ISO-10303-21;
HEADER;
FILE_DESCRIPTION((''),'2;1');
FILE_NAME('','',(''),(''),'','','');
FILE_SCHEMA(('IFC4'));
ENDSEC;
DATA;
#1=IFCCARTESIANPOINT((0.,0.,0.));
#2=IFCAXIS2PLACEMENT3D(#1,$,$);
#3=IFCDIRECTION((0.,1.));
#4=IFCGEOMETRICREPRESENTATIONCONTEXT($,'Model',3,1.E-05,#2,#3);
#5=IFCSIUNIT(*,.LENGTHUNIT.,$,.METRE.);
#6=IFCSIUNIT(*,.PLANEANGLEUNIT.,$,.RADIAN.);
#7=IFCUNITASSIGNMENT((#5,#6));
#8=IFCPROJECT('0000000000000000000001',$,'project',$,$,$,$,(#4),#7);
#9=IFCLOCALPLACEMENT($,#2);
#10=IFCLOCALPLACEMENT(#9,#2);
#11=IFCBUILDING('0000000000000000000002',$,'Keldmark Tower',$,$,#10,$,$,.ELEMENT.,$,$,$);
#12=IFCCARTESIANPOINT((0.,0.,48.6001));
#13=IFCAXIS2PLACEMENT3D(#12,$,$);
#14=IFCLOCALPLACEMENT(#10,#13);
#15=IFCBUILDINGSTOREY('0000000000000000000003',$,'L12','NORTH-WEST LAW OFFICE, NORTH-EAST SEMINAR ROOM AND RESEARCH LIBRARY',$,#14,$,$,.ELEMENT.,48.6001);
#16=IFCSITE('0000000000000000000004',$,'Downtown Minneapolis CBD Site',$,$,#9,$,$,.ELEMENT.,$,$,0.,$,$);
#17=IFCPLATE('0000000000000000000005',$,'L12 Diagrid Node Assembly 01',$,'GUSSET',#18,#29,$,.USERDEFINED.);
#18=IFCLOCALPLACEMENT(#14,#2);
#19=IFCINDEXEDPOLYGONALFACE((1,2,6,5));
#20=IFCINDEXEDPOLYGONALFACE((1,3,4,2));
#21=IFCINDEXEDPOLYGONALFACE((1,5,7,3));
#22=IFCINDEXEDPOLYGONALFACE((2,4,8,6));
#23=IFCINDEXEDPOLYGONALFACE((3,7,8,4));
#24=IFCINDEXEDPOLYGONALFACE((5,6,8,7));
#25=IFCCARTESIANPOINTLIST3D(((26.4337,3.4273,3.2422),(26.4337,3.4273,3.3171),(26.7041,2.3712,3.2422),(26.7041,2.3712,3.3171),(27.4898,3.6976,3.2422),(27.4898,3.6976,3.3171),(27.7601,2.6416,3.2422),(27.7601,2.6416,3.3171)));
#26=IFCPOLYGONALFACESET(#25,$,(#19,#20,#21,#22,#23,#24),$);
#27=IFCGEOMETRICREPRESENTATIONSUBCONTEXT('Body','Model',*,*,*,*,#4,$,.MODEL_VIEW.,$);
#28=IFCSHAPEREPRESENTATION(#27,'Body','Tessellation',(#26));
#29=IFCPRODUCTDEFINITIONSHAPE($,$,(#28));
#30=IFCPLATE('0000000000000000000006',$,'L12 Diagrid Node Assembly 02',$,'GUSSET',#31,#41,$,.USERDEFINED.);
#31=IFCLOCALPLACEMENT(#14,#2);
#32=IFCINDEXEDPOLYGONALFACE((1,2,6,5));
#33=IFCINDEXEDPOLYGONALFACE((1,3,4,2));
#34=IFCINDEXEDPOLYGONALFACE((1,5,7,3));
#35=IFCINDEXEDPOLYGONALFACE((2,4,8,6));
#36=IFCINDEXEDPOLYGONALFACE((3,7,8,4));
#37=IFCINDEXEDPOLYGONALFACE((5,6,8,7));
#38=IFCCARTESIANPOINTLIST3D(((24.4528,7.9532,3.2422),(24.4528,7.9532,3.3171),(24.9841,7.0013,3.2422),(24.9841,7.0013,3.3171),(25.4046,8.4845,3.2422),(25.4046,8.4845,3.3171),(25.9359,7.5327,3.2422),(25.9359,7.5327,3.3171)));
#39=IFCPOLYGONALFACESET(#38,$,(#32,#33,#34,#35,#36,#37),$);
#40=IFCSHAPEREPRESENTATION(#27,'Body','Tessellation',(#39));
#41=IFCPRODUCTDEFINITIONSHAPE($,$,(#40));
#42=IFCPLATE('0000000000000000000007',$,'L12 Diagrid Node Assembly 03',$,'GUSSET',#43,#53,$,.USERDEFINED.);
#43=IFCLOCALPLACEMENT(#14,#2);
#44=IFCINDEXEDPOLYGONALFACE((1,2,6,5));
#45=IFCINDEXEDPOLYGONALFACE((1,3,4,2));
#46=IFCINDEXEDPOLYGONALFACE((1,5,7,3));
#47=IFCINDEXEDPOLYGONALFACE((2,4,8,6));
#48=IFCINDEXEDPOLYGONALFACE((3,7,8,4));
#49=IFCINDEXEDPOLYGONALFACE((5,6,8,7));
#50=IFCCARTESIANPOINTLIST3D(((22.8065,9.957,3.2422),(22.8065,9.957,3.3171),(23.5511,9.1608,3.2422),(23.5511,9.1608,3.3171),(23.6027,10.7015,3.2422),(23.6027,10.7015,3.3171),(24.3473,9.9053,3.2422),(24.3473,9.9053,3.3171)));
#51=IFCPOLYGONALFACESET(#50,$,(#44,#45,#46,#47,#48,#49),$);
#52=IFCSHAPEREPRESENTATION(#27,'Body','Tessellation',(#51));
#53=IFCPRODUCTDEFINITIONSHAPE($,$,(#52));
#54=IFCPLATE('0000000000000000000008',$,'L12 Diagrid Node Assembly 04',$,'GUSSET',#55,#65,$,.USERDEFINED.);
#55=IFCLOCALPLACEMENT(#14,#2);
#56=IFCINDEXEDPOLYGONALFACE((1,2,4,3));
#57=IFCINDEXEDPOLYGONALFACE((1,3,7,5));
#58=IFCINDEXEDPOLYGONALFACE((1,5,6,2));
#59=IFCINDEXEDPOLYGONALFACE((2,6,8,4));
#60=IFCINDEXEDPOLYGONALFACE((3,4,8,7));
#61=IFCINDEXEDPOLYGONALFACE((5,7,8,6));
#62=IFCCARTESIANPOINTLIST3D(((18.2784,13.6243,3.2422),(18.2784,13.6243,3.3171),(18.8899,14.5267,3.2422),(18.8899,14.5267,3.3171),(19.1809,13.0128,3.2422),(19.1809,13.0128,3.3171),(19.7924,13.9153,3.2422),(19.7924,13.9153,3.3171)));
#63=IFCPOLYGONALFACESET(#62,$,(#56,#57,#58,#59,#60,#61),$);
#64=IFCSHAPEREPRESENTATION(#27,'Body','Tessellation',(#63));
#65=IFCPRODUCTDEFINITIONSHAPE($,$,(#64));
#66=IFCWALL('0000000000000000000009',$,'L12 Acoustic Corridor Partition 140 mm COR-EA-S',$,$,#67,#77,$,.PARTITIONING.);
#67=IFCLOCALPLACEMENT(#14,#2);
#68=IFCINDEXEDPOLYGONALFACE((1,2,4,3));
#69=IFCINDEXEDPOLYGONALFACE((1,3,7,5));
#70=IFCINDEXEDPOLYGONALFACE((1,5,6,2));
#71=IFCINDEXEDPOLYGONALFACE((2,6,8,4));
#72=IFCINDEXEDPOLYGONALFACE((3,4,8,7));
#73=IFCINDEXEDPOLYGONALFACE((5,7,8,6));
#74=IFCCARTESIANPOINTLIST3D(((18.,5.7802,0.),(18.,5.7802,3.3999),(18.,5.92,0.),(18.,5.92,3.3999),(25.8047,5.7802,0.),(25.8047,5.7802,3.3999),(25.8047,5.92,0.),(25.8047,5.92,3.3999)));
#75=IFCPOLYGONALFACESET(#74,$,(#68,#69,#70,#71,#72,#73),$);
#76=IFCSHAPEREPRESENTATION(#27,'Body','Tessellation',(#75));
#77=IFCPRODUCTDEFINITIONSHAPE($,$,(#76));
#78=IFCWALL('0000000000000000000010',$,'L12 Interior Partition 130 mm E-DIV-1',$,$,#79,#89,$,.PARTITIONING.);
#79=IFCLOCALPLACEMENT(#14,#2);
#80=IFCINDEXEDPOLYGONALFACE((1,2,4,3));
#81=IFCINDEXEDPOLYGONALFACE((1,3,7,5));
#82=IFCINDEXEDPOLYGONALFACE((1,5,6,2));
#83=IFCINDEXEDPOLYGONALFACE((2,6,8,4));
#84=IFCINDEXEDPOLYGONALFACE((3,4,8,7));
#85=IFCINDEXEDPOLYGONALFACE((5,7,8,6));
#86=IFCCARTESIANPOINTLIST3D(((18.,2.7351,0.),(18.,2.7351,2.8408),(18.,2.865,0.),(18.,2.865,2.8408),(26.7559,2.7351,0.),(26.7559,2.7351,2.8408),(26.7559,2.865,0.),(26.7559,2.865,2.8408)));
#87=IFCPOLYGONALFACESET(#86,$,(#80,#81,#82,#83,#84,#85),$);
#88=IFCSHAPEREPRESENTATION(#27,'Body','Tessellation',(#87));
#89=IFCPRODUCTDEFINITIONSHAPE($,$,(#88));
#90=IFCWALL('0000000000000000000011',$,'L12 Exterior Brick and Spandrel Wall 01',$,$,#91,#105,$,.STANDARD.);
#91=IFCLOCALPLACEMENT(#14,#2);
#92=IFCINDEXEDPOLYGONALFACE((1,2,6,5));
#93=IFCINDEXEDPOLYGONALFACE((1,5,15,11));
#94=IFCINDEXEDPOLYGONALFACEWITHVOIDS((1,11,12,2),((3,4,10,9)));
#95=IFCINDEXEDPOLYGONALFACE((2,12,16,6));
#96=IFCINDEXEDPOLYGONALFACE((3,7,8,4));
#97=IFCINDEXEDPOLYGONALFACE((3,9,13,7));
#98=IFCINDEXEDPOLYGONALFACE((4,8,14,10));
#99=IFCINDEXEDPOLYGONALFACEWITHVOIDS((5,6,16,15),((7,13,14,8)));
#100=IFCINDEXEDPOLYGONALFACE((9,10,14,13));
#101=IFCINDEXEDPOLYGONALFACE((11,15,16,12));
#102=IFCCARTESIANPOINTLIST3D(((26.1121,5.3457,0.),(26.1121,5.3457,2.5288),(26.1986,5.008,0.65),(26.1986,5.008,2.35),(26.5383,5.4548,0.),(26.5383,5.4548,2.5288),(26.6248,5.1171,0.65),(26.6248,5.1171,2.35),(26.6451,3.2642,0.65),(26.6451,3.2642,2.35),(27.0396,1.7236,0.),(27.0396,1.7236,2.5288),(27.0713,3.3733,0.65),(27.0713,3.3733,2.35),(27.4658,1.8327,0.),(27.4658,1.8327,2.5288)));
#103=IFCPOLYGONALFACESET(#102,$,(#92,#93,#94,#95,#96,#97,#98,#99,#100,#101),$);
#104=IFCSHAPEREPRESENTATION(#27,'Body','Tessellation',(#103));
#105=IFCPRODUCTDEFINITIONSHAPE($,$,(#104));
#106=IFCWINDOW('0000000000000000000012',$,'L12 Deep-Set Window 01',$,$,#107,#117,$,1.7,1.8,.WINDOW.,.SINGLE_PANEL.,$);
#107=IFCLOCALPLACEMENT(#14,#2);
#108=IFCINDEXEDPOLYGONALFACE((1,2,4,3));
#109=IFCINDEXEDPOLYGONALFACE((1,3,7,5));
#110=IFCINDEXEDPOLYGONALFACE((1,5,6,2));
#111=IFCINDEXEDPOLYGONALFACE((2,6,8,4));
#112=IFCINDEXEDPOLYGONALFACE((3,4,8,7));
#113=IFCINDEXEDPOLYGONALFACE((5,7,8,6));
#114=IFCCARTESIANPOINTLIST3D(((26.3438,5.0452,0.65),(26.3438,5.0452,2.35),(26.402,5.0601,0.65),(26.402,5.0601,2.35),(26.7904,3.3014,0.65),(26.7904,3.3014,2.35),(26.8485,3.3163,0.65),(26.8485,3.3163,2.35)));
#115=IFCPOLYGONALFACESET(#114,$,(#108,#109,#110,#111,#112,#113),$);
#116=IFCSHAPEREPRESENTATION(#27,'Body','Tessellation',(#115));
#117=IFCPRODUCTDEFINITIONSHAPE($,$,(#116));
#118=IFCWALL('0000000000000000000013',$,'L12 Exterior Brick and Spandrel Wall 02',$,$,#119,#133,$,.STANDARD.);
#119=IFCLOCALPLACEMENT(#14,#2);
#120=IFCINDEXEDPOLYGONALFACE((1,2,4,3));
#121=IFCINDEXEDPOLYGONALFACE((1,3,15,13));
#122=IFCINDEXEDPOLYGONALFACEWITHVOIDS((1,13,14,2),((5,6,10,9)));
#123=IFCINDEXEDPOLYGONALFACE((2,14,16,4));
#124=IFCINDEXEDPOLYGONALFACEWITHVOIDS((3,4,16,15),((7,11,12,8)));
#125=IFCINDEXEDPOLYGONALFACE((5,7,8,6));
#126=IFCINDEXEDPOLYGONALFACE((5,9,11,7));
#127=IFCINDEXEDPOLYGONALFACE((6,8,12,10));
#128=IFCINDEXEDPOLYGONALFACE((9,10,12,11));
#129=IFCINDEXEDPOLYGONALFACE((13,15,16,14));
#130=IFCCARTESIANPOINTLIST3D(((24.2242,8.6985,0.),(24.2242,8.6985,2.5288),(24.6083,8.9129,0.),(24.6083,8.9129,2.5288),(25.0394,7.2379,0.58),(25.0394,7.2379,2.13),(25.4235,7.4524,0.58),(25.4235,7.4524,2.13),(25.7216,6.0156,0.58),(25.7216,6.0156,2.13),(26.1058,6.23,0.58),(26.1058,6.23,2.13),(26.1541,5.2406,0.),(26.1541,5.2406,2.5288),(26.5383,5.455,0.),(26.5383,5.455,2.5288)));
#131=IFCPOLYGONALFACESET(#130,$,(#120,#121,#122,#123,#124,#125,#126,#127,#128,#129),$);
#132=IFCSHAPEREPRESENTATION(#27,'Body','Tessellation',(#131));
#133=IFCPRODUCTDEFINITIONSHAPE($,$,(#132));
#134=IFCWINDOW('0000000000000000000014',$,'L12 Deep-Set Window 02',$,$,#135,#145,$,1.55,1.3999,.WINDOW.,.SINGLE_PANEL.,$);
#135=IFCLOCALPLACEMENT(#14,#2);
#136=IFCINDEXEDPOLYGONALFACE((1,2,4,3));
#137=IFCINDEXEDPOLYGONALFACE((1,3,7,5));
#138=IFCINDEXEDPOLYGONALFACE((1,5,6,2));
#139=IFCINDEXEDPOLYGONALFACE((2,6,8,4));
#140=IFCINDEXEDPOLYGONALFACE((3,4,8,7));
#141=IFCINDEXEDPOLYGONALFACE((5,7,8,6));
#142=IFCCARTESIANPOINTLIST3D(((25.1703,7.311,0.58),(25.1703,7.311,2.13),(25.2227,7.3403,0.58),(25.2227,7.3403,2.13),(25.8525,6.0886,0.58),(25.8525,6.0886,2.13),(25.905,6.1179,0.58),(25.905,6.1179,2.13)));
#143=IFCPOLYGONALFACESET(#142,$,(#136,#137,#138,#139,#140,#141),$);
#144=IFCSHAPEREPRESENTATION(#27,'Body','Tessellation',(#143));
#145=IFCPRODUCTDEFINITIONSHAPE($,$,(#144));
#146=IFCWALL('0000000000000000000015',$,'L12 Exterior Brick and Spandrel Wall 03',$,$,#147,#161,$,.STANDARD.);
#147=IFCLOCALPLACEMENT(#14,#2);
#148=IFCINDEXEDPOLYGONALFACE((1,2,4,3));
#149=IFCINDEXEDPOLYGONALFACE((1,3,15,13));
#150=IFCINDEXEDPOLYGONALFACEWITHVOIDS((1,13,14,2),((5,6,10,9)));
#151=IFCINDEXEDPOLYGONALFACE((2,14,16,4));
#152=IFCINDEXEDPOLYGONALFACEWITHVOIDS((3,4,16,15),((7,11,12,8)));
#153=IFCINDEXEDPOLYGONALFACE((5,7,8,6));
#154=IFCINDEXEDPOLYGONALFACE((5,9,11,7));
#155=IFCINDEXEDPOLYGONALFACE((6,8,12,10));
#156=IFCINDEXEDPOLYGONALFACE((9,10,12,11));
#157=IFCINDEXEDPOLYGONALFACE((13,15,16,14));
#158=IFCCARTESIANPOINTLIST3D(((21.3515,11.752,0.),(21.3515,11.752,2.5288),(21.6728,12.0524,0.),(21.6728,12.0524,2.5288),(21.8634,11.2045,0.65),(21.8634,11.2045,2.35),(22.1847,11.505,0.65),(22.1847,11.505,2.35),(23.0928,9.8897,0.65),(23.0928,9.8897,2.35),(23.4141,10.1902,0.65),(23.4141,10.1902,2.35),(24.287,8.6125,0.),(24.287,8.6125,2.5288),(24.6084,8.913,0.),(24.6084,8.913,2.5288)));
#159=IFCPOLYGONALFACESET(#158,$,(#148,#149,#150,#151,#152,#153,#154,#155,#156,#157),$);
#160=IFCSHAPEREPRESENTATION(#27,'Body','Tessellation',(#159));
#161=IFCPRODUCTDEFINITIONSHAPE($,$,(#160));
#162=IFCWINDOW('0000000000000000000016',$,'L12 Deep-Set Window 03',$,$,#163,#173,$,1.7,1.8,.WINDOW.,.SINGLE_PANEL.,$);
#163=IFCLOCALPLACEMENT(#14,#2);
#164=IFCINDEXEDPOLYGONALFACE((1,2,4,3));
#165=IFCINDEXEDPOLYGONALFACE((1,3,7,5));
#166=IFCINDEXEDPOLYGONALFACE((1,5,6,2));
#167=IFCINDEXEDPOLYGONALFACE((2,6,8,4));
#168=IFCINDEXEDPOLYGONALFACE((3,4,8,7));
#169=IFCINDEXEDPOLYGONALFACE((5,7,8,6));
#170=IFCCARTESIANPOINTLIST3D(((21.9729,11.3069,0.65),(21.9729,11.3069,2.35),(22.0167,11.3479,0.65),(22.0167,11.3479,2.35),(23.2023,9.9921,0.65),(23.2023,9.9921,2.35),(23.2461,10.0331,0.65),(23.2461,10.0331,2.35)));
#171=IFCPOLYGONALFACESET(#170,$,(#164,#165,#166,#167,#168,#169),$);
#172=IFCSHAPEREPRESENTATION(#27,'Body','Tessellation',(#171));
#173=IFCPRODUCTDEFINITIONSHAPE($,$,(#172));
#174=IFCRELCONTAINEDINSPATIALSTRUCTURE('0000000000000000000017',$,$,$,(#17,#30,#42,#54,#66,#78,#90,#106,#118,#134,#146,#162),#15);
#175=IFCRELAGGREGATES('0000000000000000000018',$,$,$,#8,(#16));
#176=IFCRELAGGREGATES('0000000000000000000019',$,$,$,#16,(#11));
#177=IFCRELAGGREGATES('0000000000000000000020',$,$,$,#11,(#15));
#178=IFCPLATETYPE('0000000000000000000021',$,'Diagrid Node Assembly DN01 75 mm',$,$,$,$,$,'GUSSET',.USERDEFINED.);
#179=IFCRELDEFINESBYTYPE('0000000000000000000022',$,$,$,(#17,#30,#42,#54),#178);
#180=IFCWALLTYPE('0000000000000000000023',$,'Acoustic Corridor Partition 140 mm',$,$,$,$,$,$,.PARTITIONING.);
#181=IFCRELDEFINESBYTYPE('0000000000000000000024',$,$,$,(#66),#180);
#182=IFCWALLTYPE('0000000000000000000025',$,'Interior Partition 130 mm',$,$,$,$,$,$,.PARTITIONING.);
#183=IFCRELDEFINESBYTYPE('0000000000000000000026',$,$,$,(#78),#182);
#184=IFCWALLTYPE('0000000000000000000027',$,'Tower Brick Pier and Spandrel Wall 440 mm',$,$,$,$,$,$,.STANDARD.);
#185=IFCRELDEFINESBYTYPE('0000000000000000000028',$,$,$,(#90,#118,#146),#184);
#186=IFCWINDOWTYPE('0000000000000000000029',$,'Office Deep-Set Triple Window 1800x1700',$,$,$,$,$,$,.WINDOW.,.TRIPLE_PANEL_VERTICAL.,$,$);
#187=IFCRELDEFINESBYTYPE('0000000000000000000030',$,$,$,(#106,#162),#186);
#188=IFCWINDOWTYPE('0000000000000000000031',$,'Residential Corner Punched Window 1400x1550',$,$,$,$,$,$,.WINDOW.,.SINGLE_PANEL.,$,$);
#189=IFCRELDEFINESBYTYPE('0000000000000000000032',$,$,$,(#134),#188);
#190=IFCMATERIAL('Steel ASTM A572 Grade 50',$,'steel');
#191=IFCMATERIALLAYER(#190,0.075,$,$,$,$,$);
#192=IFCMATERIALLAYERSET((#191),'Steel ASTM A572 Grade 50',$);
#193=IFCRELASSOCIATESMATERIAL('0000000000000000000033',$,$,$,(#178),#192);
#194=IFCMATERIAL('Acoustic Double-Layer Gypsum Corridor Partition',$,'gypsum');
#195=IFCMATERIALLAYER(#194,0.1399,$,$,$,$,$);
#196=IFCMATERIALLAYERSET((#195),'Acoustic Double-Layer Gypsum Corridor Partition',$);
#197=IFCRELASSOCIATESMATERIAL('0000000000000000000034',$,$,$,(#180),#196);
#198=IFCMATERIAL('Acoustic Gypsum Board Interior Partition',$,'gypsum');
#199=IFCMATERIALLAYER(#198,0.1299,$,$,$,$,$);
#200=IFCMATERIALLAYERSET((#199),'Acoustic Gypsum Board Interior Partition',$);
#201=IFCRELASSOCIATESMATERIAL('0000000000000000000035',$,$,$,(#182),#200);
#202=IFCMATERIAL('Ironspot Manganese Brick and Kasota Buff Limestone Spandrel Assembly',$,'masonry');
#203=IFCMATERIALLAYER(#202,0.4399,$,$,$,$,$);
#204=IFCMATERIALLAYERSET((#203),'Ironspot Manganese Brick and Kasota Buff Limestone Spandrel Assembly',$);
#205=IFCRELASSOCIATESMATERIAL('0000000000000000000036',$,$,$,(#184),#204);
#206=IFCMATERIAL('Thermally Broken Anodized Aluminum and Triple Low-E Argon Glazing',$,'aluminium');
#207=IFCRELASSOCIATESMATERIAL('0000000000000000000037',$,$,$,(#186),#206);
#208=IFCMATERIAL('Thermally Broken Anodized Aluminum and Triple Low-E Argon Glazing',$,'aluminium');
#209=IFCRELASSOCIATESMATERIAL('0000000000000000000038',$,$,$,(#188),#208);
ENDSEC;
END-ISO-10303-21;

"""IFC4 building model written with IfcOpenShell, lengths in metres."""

from ifc_helpers import new_model, si_unit, direction, frame, frame_2d, origin, origin_2d, place, context, subcontext, project, spatial, rectangle, extrude, material, layer, layer_set, type_object, element, fill, save


model = new_model("IFC4")

# Units and contexts
model_context = context("Model", 3, precision=1e-05, world=origin(), true_north=direction((0.0, 1.0)))
body_context = subcontext(model_context, "Body", "Model", "MODEL_VIEW")
ifc_project = project(units=[si_unit("LENGTHUNIT", "METRE"), si_unit("PLANEANGLEUNIT", "RADIAN")], contexts=[model_context])

# Site, building, storey
site_placement = place(None, origin())
site = spatial("IfcSite", under=ifc_project, at=site_placement, Name="Downtown Minneapolis CBD Site", CompositionType="ELEMENT", RefElevation=0.0)
building_placement = place(site_placement, origin())
building = spatial("IfcBuilding", under=site, at=building_placement, Name="Keldmark Tower", CompositionType="ELEMENT")
storey_placement = place(building_placement, frame((0.0, 0.0, 48.6001)))
storey = spatial("IfcBuildingStorey", under=building, at=storey_placement, Name="L12", Description="NORTH-WEST LAW OFFICE, NORTH-EAST SEMINAR ROOM AND RESEARCH LIBRARY", CompositionType="ELEMENT", Elevation=48.6001)

# Plates
ifc_material_1 = material(Name="Steel ASTM A572 Grade 50", Category="steel")
ifc_layer_1 = layer(ifc_material_1, 0.075)
ifc_layer_set_1 = layer_set([ifc_layer_1], Name="Steel ASTM A572 Grade 50")
plate_type = type_object("IfcPlateType", Name="Diagrid Node Assembly DN01 75 mm", ElementType="GUSSET", PredefinedType="USERDEFINED", material=ifc_layer_set_1)
for number, where, z_axis, x_axis, name in (
    (1, (27.0969, 3.0344, 3.2422), (0.0, 0.0, 1.0), (-0.248014, 0.968757, 0.0), "L12 Diagrid Node Assembly 01"),
    (2, (25.1943, 7.7429, 3.2422), (0.0, 0.0, 1.0), (-0.487403, 0.873177, 0.0), "L12 Diagrid Node Assembly 02"),
    (3, (23.5769, 9.9312, 3.2422), (0.0, 0.0, 1.0), (-0.683019, 0.730401, 0.0), "L12 Diagrid Node Assembly 03"),
    (4, (19.0354, 13.7698, 3.2422), (0.0, 0.0, 1.0), (-0.827865, 0.560928, 0.0), "L12 Diagrid Node Assembly 04"),
):
    element("IfcPlate", number, at=place(storey_placement, frame(where, z_axis=z_axis, x_axis=x_axis)), inside=storey, type_object=plate_type, Name=name, ObjectType="GUSSET", PredefinedType="USERDEFINED", context=body_context, shape_type="SweptSolid", body=[
        extrude(rectangle(XDim=1.0901, YDim=1.0901, at=origin_2d()), origin(), (0.0, 0.0, 1.0), 0.075),
    ])

# Walls
ifc_material_2 = material(Name="Acoustic Double-Layer Gypsum Corridor Partition", Category="gypsum")
ifc_layer_2 = layer(ifc_material_2, 0.1399)
ifc_layer_set_2 = layer_set([ifc_layer_2], Name="Acoustic Double-Layer Gypsum Corridor Partition")
wall_type_1 = type_object("IfcWallType", Name="Acoustic Corridor Partition 140 mm", PredefinedType="PARTITIONING", material=ifc_layer_set_2)
wall_1_placement = place(storey_placement, frame((18.0, 5.8501, 0.0), z_axis=(0.0, 0.0, 1.0), x_axis=(1.0, 0.0, 0.0)))
element("IfcWall", 5, at=wall_1_placement, inside=storey, type_object=wall_type_1, Name="L12 Acoustic Corridor Partition 140 mm COR-EA-S", PredefinedType="PARTITIONING", context=body_context, shape_type="SweptSolid", body=[
    extrude(rectangle(XDim=7.8047, YDim=0.1399, at=frame_2d((3.9023, 0.0))), origin(), (0.0, 0.0, 1.0), 3.3999),
])
ifc_material_3 = material(Name="Acoustic Gypsum Board Interior Partition", Category="gypsum")
ifc_layer_3 = layer(ifc_material_3, 0.1299)
ifc_layer_set_3 = layer_set([ifc_layer_3], Name="Acoustic Gypsum Board Interior Partition")
wall_type_2 = type_object("IfcWallType", Name="Interior Partition 130 mm", PredefinedType="PARTITIONING", material=ifc_layer_set_3)
wall_2_placement = place(storey_placement, frame((18.0, 2.8, 0.0), z_axis=(0.0, 0.0, 1.0), x_axis=(1.0, 0.0, 0.0)))
element("IfcWall", 6, at=wall_2_placement, inside=storey, type_object=wall_type_2, Name="L12 Interior Partition 130 mm E-DIV-1", PredefinedType="PARTITIONING", context=body_context, shape_type="SweptSolid", body=[
    extrude(rectangle(XDim=8.7559, YDim=0.1299, at=frame_2d((4.3779, 0.0))), origin(), (0.0, 0.0, 1.0), 2.8408),
])

# Walls, openings, windows
ifc_material_4 = material(Name="Ironspot Manganese Brick and Kasota Buff Limestone Spandrel Assembly", Category="masonry")
ifc_layer_4 = layer(ifc_material_4, 0.4399)
ifc_layer_set_4 = layer_set([ifc_layer_4], Name="Ironspot Manganese Brick and Kasota Buff Limestone Spandrel Assembly")
wall_type_3 = type_object("IfcWallType", Name="Tower Brick Pier and Spandrel Wall 440 mm", PredefinedType="STANDARD", material=ifc_layer_set_4)
wall_3_placement = place(storey_placement, frame((26.3252, 5.4004, 0.0), z_axis=(0.0, 0.0, 1.0), x_axis=(0.248063, -0.968744, 0.0)))
wall_3 = element("IfcWall", 7, at=wall_3_placement, inside=storey, type_object=wall_type_3, Name="L12 Exterior Brick and Spandrel Wall 01", PredefinedType="STANDARD", context=body_context, shape_type="SweptSolid", body=[
    extrude(rectangle(XDim=3.739, YDim=0.4399, at=frame_2d((1.8696, 0.0))), origin(), (0.0, 0.0, 1.0), 2.5288),
])
opening_1_placement = place(wall_3_placement, frame((0.3489, 0.0, 0.6499)))
opening_1 = element("IfcOpeningElement", 8, at=opening_1_placement, cuts=wall_3, PredefinedType="OPENING", context=body_context, shape_type="SweptSolid", body=[
    extrude(rectangle(XDim=1.8, YDim=1.7, at=frame_2d((0.8999, 0.8501))), frame((0.0, 0.23, 0.0), z_axis=(0.0, -1.0, 0.0), x_axis=(1.0, 0.0, 0.0)), (0.0, 0.0, 1.0), 0.46),
])
ifc_material_5 = material(Name="Thermally Broken Anodized Aluminum and Triple Low-E Argon Glazing", Category="aluminium")
window_type_1 = type_object("IfcWindowType", Name="Office Deep-Set Triple Window 1800x1700", PartitioningType="TRIPLE_PANEL_VERTICAL", PredefinedType="WINDOW", material=ifc_material_5)
window_1_placement = place(opening_1_placement, origin())
window_1 = element("IfcWindow", 9, at=window_1_placement, inside=storey, type_object=window_type_1, Name="L12 Deep-Set Window 01", OverallHeight=1.7, OverallWidth=1.8, PartitioningType="SINGLE_PANEL", PredefinedType="WINDOW", context=body_context, shape_type="SweptSolid", body=[
    extrude(rectangle(XDim=1.8, YDim=1.7, at=frame_2d((0.8999, 0.8501))), frame((0.0, -0.01, 0.0), z_axis=(0.0, -1.0, 0.0), x_axis=(1.0, 0.0, 0.0)), (0.0, 0.0, 1.0), 0.0601),
])
fill(opening_1, window_1)
wall_4_placement = place(storey_placement, frame((24.4163, 8.8057, 0.0), z_axis=(0.0, 0.0, 1.0), x_axis=(0.487369, -0.873196, 0.0)))
wall_4 = element("IfcWall", 10, at=wall_4_placement, inside=storey, type_object=wall_type_3, Name="L12 Exterior Brick and Spandrel Wall 02", PredefinedType="STANDARD", context=body_context, shape_type="SweptSolid", body=[
    extrude(rectangle(XDim=3.96, YDim=0.4399, at=frame_2d((1.98, 0.0))), origin(), (0.0, 0.0, 1.0), 2.5288),
])
opening_2_placement = place(wall_4_placement, frame((1.6726, 0.0, 0.5801)))
opening_2 = element("IfcOpeningElement", 11, at=opening_2_placement, cuts=wall_4, PredefinedType="OPENING", context=body_context, shape_type="SweptSolid", body=[
    extrude(rectangle(XDim=1.3999, YDim=1.55, at=frame_2d((0.7, 0.7749))), frame((0.0, 0.23, 0.0), z_axis=(0.0, -1.0, 0.0), x_axis=(1.0, 0.0, 0.0)), (0.0, 0.0, 1.0), 0.46),
])
ifc_material_6 = material(Name="Thermally Broken Anodized Aluminum and Triple Low-E Argon Glazing", Category="aluminium")
window_type_2 = type_object("IfcWindowType", Name="Residential Corner Punched Window 1400x1550", PartitioningType="SINGLE_PANEL", PredefinedType="WINDOW", material=ifc_material_6)
window_2_placement = place(opening_2_placement, origin())
window_2 = element("IfcWindow", 12, at=window_2_placement, inside=storey, type_object=window_type_2, Name="L12 Deep-Set Window 02", OverallHeight=1.55, OverallWidth=1.3999, PartitioningType="SINGLE_PANEL", PredefinedType="WINDOW", context=body_context, shape_type="SweptSolid", body=[
    extrude(rectangle(XDim=1.3999, YDim=1.55, at=frame_2d((0.7, 0.7749))), frame((0.0, -0.01, 0.0), z_axis=(0.0, -1.0, 0.0), x_axis=(1.0, 0.0, 0.0)), (0.0, 0.0, 1.0), 0.0601),
])
fill(opening_2, window_2)
wall_5_placement = place(storey_placement, frame((21.5122, 11.9021, 0.0), z_axis=(0.0, 0.0, 1.0), x_axis=(0.682994, -0.730424, 0.0)))
wall_5 = element("IfcWall", 13, at=wall_5_placement, inside=storey, type_object=wall_type_3, Name="L12 Exterior Brick and Spandrel Wall 03", PredefinedType="STANDARD", context=body_context, shape_type="SweptSolid", body=[
    extrude(rectangle(XDim=4.2981, YDim=0.4399, at=frame_2d((2.1489, 0.0))), origin(), (0.0, 0.0, 1.0), 2.5288),
])
opening_3_placement = place(wall_5_placement, frame((0.7495, 0.0, 0.6499)))
opening_3 = element("IfcOpeningElement", 14, at=opening_3_placement, cuts=wall_5, PredefinedType="OPENING", context=body_context, shape_type="SweptSolid", body=[
    extrude(rectangle(XDim=1.8, YDim=1.7, at=frame_2d((0.8999, 0.8501))), frame((0.0, 0.23, 0.0), z_axis=(0.0, -1.0, 0.0), x_axis=(1.0, 0.0, 0.0)), (0.0, 0.0, 1.0), 0.46),
])
window_3_placement = place(opening_3_placement, origin())
window_3 = element("IfcWindow", 15, at=window_3_placement, inside=storey, type_object=window_type_1, Name="L12 Deep-Set Window 03", OverallHeight=1.7, OverallWidth=1.8, PartitioningType="SINGLE_PANEL", PredefinedType="WINDOW", context=body_context, shape_type="SweptSolid", body=[
    extrude(rectangle(XDim=1.8, YDim=1.7, at=frame_2d((0.8999, 0.8501))), frame((0.0, -0.01, 0.0), z_axis=(0.0, -1.0, 0.0), x_axis=(1.0, 0.0, 0.0)), (0.0, 0.0, 1.0), 0.0601),
])
fill(opening_3, window_3)

save(model, "model.ifc")
